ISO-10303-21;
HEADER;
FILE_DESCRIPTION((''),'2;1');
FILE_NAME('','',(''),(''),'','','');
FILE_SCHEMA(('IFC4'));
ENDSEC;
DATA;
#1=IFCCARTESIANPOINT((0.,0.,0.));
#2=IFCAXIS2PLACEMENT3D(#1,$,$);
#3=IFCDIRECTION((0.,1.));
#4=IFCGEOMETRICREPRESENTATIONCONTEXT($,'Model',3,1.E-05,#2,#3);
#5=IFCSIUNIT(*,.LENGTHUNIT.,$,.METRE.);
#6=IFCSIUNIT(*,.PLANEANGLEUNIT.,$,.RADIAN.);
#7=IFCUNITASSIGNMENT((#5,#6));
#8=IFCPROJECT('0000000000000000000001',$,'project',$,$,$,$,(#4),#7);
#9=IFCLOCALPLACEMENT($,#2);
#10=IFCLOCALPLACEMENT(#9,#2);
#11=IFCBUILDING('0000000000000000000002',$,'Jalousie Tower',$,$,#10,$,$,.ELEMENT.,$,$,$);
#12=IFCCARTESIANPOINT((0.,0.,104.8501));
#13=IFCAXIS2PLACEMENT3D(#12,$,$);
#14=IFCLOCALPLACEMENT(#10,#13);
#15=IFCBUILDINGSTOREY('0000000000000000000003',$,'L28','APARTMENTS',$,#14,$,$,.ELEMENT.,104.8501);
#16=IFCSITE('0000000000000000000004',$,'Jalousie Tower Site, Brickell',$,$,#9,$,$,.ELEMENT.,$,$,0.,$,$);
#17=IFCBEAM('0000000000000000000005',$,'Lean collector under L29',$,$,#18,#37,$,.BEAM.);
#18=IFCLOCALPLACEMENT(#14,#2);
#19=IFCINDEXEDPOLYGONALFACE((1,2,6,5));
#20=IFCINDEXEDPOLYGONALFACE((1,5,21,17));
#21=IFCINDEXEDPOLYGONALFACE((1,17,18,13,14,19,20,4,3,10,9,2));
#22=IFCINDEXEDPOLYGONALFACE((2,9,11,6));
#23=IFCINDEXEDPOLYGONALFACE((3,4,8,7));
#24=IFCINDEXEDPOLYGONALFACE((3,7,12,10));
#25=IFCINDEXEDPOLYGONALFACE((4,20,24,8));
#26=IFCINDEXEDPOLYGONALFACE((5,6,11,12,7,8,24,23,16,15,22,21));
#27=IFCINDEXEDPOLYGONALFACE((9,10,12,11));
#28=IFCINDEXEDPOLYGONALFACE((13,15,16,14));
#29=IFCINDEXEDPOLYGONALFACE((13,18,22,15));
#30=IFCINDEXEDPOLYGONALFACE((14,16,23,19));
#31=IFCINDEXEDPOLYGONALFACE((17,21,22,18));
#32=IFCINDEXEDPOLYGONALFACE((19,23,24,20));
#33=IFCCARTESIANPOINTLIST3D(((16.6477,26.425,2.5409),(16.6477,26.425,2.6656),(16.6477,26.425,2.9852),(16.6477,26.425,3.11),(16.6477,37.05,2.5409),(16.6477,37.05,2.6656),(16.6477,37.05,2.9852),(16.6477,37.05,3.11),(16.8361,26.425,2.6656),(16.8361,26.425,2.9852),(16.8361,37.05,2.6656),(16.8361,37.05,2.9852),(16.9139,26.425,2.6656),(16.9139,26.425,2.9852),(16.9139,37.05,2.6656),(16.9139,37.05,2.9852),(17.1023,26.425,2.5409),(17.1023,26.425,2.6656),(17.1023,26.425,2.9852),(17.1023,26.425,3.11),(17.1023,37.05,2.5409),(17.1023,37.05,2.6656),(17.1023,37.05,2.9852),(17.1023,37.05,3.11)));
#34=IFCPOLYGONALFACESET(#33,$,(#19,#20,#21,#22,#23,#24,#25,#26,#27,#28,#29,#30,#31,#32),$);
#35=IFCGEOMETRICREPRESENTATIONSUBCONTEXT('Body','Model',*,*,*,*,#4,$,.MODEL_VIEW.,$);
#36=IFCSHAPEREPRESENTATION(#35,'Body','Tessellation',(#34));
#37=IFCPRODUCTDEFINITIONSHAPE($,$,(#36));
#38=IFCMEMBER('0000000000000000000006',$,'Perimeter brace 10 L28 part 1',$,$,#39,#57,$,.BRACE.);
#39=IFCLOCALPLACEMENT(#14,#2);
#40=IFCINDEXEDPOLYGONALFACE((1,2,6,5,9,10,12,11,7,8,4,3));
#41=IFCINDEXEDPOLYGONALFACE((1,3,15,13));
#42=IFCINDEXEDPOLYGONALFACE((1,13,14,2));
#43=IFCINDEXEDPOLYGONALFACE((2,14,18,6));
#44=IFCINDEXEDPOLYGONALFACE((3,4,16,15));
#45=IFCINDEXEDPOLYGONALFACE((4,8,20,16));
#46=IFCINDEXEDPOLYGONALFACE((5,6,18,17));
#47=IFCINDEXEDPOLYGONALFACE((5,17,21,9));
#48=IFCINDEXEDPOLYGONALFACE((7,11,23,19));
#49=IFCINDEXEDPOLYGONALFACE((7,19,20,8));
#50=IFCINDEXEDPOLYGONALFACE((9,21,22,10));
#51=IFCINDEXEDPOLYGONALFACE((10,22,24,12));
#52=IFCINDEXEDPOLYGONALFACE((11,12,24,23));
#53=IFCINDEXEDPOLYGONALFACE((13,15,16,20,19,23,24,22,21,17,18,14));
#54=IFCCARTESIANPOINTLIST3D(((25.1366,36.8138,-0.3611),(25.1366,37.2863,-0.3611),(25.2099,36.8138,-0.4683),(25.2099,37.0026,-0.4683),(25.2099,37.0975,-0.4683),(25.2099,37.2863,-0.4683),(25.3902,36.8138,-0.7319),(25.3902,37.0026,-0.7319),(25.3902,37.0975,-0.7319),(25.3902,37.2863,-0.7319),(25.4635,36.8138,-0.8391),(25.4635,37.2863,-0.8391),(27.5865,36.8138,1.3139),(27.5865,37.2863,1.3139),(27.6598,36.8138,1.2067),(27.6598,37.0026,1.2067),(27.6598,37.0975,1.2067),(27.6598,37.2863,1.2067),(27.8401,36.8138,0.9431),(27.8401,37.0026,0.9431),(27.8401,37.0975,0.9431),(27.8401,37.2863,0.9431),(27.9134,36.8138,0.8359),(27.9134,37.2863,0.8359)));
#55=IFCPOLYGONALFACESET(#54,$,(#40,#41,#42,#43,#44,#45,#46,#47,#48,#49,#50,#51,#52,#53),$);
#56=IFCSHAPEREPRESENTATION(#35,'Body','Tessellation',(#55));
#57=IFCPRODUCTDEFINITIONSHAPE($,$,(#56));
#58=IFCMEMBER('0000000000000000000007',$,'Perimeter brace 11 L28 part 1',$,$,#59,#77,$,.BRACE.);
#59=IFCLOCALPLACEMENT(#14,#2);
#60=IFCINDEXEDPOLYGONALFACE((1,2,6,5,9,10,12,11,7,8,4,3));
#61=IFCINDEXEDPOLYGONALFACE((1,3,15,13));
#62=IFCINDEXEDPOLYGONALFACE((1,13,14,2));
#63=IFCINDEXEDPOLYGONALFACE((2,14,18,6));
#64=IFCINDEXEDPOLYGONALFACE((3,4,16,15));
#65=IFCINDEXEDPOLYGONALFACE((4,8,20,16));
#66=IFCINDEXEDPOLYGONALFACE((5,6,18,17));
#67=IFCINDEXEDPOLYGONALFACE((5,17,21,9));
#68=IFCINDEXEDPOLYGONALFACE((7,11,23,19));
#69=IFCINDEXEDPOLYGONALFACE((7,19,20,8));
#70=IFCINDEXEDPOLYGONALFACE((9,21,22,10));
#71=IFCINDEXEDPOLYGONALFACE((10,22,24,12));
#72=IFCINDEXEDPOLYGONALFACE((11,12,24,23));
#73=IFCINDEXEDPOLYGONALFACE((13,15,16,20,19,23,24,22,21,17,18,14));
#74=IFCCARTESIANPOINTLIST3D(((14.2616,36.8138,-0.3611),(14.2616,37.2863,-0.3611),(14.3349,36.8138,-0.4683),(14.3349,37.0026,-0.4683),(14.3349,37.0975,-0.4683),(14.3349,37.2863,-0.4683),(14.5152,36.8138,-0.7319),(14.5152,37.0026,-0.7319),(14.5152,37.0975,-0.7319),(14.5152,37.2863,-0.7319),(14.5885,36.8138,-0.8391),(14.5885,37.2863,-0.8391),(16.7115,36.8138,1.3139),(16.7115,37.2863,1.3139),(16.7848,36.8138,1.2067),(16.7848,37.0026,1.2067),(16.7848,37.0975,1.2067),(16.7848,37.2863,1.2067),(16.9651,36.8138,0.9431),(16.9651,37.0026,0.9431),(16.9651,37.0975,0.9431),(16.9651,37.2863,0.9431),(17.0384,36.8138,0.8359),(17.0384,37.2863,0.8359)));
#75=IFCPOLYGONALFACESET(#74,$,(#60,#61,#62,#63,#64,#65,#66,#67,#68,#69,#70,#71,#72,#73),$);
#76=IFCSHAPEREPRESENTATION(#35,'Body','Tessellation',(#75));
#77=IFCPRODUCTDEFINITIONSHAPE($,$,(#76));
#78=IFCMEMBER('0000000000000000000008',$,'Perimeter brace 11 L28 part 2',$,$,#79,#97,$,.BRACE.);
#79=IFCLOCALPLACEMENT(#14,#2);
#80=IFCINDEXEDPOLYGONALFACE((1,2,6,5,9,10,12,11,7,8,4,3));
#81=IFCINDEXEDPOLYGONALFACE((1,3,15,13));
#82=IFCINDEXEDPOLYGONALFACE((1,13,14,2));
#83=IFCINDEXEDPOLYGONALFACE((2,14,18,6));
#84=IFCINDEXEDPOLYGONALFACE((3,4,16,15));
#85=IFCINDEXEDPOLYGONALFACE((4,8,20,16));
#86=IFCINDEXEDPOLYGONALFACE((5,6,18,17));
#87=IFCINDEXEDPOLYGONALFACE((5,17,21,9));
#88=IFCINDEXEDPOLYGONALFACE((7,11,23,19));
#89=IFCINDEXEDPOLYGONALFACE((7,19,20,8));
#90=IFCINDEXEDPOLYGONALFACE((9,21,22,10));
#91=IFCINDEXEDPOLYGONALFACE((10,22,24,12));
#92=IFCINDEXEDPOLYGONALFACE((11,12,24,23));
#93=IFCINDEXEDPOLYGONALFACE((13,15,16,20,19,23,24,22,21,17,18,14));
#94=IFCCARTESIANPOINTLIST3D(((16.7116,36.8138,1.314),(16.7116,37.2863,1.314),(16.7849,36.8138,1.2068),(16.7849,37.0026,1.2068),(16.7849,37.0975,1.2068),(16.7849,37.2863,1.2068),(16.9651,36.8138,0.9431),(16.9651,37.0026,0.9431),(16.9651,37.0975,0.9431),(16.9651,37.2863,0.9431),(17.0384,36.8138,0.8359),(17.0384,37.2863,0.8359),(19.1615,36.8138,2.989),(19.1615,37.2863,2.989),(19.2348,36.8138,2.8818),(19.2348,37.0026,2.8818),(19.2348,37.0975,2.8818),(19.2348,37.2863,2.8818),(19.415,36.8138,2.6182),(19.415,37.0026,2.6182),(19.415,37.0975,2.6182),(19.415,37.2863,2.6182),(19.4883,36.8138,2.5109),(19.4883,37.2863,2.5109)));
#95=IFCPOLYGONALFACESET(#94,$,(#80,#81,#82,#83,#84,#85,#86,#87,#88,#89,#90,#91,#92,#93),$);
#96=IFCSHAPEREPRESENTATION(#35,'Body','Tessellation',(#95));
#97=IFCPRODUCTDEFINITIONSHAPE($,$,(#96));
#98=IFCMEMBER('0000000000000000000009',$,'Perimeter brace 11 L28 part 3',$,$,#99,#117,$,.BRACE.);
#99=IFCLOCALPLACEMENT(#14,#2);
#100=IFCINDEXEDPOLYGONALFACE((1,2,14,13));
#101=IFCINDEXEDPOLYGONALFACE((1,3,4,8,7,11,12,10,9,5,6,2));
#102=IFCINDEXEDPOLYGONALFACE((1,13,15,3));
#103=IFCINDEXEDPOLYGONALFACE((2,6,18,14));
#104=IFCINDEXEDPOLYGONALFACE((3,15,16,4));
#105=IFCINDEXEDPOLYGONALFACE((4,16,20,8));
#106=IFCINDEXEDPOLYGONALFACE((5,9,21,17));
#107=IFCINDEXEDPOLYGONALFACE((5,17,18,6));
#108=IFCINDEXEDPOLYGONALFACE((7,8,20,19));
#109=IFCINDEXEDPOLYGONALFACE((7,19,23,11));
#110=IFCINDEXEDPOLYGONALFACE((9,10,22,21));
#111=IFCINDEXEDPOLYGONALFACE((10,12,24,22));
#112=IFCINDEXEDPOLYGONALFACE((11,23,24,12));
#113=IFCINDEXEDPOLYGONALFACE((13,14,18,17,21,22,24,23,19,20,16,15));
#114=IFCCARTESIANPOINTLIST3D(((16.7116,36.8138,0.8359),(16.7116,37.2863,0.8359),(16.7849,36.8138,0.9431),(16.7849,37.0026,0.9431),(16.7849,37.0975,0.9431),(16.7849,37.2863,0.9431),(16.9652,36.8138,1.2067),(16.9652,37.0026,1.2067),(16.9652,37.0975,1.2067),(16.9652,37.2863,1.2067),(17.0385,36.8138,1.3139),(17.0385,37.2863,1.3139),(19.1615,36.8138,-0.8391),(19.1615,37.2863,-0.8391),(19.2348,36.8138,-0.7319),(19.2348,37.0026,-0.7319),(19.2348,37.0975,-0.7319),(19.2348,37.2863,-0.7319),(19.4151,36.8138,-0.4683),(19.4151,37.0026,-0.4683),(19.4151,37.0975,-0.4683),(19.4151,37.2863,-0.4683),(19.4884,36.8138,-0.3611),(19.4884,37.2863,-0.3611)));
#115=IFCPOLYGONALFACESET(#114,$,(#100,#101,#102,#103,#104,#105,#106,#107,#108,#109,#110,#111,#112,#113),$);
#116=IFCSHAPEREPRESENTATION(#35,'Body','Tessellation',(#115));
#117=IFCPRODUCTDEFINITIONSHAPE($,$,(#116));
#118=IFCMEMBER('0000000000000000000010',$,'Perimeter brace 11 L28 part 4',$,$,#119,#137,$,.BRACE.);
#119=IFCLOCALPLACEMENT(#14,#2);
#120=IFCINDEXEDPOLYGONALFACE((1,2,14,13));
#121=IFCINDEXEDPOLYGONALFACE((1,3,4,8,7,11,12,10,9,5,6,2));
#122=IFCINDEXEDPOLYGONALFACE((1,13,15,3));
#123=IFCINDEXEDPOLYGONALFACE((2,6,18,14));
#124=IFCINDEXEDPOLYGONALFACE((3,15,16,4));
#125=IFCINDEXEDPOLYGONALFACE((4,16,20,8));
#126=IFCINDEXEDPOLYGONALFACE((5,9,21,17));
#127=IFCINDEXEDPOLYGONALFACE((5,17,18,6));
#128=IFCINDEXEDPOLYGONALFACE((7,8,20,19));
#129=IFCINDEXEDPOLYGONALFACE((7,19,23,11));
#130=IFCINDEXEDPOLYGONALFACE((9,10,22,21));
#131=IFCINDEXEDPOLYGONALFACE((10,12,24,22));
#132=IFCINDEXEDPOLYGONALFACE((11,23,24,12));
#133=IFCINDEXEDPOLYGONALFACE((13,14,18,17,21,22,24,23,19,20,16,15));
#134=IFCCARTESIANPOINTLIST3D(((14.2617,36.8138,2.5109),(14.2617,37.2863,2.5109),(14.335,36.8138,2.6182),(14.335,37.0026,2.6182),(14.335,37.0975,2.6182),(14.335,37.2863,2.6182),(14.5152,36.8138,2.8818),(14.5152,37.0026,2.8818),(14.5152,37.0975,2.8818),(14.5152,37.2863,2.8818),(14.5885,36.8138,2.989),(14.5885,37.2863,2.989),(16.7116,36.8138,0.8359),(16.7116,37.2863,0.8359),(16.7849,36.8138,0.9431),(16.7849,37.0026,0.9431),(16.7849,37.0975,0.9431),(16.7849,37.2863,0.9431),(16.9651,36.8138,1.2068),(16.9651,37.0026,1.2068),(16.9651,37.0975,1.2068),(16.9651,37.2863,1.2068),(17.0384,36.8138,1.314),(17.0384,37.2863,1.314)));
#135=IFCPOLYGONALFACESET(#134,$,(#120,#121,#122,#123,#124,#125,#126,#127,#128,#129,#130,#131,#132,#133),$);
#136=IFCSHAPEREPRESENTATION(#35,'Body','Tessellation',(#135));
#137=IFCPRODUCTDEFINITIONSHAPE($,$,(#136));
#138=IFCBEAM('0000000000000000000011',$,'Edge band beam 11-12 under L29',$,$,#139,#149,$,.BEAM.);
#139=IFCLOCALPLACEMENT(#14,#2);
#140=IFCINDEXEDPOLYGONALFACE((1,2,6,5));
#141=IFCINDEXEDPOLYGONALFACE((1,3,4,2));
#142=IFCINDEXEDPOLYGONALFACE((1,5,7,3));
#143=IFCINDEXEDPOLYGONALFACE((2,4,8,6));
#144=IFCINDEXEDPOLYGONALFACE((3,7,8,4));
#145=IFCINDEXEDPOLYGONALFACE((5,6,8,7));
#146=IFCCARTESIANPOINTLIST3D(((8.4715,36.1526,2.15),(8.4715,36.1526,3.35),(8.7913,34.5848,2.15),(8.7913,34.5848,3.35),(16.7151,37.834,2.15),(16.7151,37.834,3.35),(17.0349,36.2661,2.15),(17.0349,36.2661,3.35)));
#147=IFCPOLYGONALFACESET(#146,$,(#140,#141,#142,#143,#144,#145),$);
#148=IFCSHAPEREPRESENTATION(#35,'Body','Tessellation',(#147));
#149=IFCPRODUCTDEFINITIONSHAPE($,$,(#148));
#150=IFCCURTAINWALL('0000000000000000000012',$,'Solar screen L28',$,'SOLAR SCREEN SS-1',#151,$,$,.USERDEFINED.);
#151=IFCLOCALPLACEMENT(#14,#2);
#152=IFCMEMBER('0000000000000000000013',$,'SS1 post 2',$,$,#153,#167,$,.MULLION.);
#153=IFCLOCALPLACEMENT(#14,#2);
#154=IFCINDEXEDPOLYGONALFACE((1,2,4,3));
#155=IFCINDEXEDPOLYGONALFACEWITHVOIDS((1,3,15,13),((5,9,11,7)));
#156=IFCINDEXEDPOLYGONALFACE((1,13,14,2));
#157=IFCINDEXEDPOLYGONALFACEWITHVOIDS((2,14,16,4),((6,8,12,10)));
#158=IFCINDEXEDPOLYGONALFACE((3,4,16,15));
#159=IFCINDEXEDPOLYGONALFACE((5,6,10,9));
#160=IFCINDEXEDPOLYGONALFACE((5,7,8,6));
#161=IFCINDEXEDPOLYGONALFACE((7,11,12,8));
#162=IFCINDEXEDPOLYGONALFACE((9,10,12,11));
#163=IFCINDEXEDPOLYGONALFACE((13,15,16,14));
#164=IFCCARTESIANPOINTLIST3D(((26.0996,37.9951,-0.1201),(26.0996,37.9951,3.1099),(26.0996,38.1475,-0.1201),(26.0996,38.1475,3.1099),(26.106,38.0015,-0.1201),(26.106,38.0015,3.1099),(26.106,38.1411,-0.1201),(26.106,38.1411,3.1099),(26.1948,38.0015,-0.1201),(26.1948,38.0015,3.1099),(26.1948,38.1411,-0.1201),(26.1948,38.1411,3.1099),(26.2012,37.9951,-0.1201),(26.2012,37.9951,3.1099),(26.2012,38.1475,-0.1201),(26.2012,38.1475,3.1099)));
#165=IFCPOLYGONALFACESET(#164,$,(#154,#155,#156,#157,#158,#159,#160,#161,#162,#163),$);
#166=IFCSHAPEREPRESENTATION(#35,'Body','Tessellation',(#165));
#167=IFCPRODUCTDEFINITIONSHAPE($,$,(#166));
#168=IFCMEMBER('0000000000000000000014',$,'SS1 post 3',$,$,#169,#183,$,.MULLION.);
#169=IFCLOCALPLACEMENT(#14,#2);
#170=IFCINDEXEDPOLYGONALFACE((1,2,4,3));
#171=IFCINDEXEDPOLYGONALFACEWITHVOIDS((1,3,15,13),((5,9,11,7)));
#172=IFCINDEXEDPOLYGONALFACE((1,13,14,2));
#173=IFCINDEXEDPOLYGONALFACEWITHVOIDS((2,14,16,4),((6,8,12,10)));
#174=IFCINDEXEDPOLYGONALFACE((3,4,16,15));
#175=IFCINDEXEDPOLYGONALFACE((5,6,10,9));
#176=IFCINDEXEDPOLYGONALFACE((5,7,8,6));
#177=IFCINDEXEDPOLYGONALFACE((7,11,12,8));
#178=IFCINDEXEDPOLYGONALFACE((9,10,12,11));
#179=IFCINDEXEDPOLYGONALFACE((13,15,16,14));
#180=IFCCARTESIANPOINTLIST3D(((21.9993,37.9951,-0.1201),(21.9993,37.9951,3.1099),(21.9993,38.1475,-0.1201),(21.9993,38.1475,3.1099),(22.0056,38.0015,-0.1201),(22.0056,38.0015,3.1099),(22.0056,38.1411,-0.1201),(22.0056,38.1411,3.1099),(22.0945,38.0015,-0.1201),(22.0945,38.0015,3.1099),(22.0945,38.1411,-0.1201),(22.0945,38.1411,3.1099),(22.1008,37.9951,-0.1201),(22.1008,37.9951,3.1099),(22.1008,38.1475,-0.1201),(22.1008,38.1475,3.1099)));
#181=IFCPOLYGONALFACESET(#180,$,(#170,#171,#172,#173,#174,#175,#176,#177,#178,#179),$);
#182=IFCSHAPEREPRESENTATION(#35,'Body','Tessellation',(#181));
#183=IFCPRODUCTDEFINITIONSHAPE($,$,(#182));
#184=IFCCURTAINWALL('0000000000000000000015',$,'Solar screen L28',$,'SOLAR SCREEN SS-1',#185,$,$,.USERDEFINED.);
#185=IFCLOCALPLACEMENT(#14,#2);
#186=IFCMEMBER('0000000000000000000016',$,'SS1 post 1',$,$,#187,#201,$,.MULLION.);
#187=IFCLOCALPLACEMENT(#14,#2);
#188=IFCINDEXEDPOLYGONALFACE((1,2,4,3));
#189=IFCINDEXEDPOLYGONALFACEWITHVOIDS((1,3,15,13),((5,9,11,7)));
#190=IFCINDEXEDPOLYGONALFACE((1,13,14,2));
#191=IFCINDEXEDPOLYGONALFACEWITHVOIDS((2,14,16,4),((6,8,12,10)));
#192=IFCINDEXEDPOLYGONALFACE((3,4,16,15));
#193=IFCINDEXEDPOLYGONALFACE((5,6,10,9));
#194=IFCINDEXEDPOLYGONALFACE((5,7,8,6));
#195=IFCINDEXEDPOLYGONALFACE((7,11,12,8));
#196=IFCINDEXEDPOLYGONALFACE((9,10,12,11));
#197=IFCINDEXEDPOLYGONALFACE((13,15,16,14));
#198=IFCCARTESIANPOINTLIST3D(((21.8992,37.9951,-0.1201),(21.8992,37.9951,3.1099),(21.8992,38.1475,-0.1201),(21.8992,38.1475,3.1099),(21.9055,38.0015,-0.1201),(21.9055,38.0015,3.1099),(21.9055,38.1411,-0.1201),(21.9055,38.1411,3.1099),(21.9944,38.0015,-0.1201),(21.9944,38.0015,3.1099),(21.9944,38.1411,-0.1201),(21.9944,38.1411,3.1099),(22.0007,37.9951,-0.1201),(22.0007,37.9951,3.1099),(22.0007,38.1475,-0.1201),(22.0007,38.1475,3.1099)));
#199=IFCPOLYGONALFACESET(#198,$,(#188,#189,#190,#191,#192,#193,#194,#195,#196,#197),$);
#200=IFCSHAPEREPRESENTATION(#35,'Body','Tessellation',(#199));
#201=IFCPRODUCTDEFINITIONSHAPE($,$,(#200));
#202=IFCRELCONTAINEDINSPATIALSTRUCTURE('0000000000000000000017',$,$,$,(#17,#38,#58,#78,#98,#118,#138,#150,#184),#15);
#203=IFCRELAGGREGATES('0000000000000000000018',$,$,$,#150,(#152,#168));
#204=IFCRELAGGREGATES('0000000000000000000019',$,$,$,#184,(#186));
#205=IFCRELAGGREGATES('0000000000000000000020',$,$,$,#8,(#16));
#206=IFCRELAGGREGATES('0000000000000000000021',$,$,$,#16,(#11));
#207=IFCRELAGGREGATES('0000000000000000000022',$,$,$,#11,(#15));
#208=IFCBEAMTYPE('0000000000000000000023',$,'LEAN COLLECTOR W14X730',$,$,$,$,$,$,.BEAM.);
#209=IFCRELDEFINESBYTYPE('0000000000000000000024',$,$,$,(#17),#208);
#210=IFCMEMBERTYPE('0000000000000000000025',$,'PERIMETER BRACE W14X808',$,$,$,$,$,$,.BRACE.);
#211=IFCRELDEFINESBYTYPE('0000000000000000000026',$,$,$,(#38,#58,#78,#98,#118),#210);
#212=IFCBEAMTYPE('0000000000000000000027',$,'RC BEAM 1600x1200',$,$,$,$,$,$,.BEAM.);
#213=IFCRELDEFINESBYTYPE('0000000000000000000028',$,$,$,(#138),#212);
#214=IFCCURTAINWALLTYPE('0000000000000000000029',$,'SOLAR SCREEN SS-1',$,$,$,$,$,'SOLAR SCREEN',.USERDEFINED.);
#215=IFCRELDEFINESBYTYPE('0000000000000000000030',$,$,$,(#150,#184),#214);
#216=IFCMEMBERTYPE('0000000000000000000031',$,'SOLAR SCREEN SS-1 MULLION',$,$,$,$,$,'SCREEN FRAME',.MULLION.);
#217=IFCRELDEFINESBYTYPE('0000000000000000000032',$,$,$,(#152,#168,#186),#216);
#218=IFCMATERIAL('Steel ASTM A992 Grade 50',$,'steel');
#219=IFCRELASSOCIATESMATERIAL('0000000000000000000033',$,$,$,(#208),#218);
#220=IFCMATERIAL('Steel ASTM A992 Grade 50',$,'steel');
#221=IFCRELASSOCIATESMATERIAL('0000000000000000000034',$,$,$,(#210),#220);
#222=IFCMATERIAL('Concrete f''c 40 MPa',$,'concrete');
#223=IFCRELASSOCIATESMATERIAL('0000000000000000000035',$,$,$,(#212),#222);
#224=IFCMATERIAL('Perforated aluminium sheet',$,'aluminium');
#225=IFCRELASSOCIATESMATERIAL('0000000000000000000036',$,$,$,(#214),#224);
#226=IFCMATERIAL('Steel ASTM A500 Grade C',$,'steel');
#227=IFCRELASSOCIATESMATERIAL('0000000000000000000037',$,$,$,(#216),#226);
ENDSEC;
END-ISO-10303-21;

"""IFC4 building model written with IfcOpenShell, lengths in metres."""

from ifc_helpers import new_model, si_unit, direction, frame, origin, origin_2d, place, context, subcontext, project, spatial, rectangle, hollow_rectangle, i_section, extrude, material, material_profile, profile_set, type_object, element, aggregate, save


model = new_model("IFC4")

# Units and contexts
model_context = context("Model", 3, precision=1e-05, world=origin(), true_north=direction((0.0, 1.0)))
body_context = subcontext(model_context, "Body", "Model", "MODEL_VIEW")
ifc_project = project(units=[si_unit("LENGTHUNIT", "METRE"), si_unit("PLANEANGLEUNIT", "RADIAN")], contexts=[model_context])

# Site, building, storey
site_placement = place(None, origin())
site = spatial("IfcSite", under=ifc_project, at=site_placement, Name="Jalousie Tower Site, Brickell", CompositionType="ELEMENT", RefElevation=0.0)
building_placement = place(site_placement, origin())
building = spatial("IfcBuilding", under=site, at=building_placement, Name="Jalousie Tower", CompositionType="ELEMENT")
storey_placement = place(building_placement, frame((0.0, 0.0, 104.8501)))
storey = spatial("IfcBuildingStorey", under=building, at=storey_placement, Name="L28", Description="APARTMENTS", CompositionType="ELEMENT", Elevation=104.8501)

# Beam
ifc_material_1 = material(Name="Steel ASTM A992 Grade 50", Category="steel")
ifc_material_profile_1 = material_profile(ifc_material_1, i_section(OverallWidth=0.4546, OverallDepth=0.5691, WebThickness=0.0779, FlangeThickness=0.1248, at=origin_2d()), Name="W14X730")
ifc_profile_set_1 = profile_set([ifc_material_profile_1], Name="Steel ASTM A992 Grade 50")
beam_type_1 = type_object("IfcBeamType", Name="LEAN COLLECTOR W14X730", PredefinedType="BEAM", material=ifc_profile_set_1)
beam_1_placement = place(storey_placement, frame((16.875, 37.05, 2.8254), z_axis=(0.0, -1.0, 0.0), x_axis=(1.0, 0.0, 0.0)))
element("IfcBeam", 1, at=beam_1_placement, inside=storey, type_object=beam_type_1, Name="Lean collector under L29", PredefinedType="BEAM", context=body_context, shape_type="SweptSolid", body=[
    extrude(i_section(OverallWidth=0.4546, OverallDepth=0.5691, WebThickness=0.0779, FlangeThickness=0.1248, at=origin_2d()), origin(), (0.0, 0.0, 1.0), 10.625),
])

# Members
ifc_material_2 = material(Name="Steel ASTM A992 Grade 50", Category="steel")
ifc_material_profile_2 = material_profile(ifc_material_2, i_section(OverallWidth=0.4724, OverallDepth=0.5791, WebThickness=0.095, FlangeThickness=0.1299, at=origin_2d()), Name="W14X808")
ifc_profile_set_2 = profile_set([ifc_material_profile_2], Name="Steel ASTM A992 Grade 50")
member_type_1 = type_object("IfcMemberType", Name="PERIMETER BRACE W14X808", PredefinedType="BRACE", material=ifc_profile_set_2)
for number, where, z_axis, x_axis, name in (
    (2, (25.3, 37.05, -0.6001), (0.825501, 0.0, 0.564401), (0.0, 1.0, 0.0), "Perimeter brace 10 L28 part 1"),
    (3, (14.425, 37.05, -0.6001), (0.825501, 0.0, 0.564401), (0.0, 1.0, 0.0), "Perimeter brace 11 L28 part 1"),
    (4, (16.875, 37.05, 1.075), (0.825501, 0.0, 0.564401), (0.0, 1.0, 0.0), "Perimeter brace 11 L28 part 2"),
    (5, (19.325, 37.05, -0.6001), (-0.825501, 0.0, 0.564401), (0.0, -1.0, 0.0), "Perimeter brace 11 L28 part 3"),
    (6, (16.875, 37.05, 1.075), (-0.825501, 0.0, 0.564401), (0.0, -1.0, 0.0), "Perimeter brace 11 L28 part 4"),
):
    element("IfcMember", number, at=place(storey_placement, frame(where, z_axis=z_axis, x_axis=x_axis)), inside=storey, type_object=member_type_1, Name=name, PredefinedType="BRACE", context=body_context, shape_type="SweptSolid", body=[
        extrude(i_section(OverallWidth=0.4724, OverallDepth=0.5791, WebThickness=0.095, FlangeThickness=0.1299, at=origin_2d()), origin(), (0.0, 0.0, 1.0), 2.9678),
    ])

# Beam
ifc_material_3 = material(Name="Concrete f'c 40 MPa", Category="concrete")
ifc_material_profile_3 = material_profile(ifc_material_3, rectangle(XDim=1.6001, YDim=1.2, at=origin_2d()), Name="RC 1600x1200")
ifc_profile_set_3 = profile_set([ifc_material_profile_3], Name="Concrete f'c 40 MPa")
beam_type_2 = type_object("IfcBeamType", Name="RC BEAM 1600x1200", PredefinedType="BEAM", material=ifc_profile_set_3)
beam_2_placement = place(storey_placement, frame((16.875, 37.05, 2.75), z_axis=(-0.979827, -0.199848, 0.0), x_axis=(0.199848, -0.979827, 0.0)))
element("IfcBeam", 7, at=beam_2_placement, inside=storey, type_object=beam_type_2, Name="Edge band beam 11-12 under L29", PredefinedType="BEAM", context=body_context, shape_type="SweptSolid", body=[
    extrude(rectangle(XDim=1.6001, YDim=1.2, at=origin_2d()), origin(), (0.0, 0.0, 1.0), 8.4133),
])

# Curtain walls, members
ifc_material_4 = material(Name="Perforated aluminium sheet", Category="aluminium")
curtain_wall_type = type_object("IfcCurtainWallType", Name="SOLAR SCREEN SS-1", ElementType="SOLAR SCREEN", PredefinedType="USERDEFINED", material=ifc_material_4)
curtain_wall_1_placement = place(storey_placement, origin())
curtain_wall_1 = element("IfcCurtainWall", 8, at=curtain_wall_1_placement, inside=storey, type_object=curtain_wall_type, Name="Solar screen L28", ObjectType="SOLAR SCREEN SS-1", PredefinedType="USERDEFINED")
ifc_material_5 = material(Name="Steel ASTM A500 Grade C", Category="steel")
ifc_material_profile_4 = material_profile(ifc_material_5, hollow_rectangle(XDim=0.1016, YDim=0.1523, WallThickness=0.0063, at=origin_2d()), Name="HSS6X4X1/4")
ifc_profile_set_4 = profile_set([ifc_material_profile_4], Name="Steel ASTM A500 Grade C")
member_type_2 = type_object("IfcMemberType", Name="SOLAR SCREEN SS-1 MULLION", ElementType="SCREEN FRAME", PredefinedType="MULLION", material=ifc_profile_set_4)
member_1_placement = place(storey_placement, frame((26.1504, 38.0713, -0.1201), z_axis=(0.0, 0.0, 1.0), x_axis=(-1.0, 0.0, 0.0)))
member_1 = element("IfcMember", 9, at=member_1_placement, type_object=member_type_2, Name="SS1 post 2", PredefinedType="MULLION", context=body_context, shape_type="SweptSolid", body=[
    extrude(hollow_rectangle(XDim=0.1016, YDim=0.1523, WallThickness=0.0063, at=origin_2d()), origin(), (0.0, 0.0, 1.0), 3.23),
])
member_2_placement = place(storey_placement, frame((22.05, 38.0713, -0.1201), z_axis=(0.0, 0.0, 1.0), x_axis=(-1.0, 0.0, 0.0)))
member_2 = element("IfcMember", 10, at=member_2_placement, type_object=member_type_2, Name="SS1 post 3", PredefinedType="MULLION", context=body_context, shape_type="SweptSolid", body=[
    extrude(hollow_rectangle(XDim=0.1016, YDim=0.1523, WallThickness=0.0063, at=origin_2d()), origin(), (0.0, 0.0, 1.0), 3.23),
])
curtain_wall_2_placement = place(storey_placement, origin())
curtain_wall_2 = element("IfcCurtainWall", 11, at=curtain_wall_2_placement, inside=storey, type_object=curtain_wall_type, Name="Solar screen L28", ObjectType="SOLAR SCREEN SS-1", PredefinedType="USERDEFINED")
member_3_placement = place(storey_placement, frame((21.95, 38.0713, -0.1201), z_axis=(0.0, 0.0, 1.0), x_axis=(-1.0, 0.0, 0.0)))
member_3 = element("IfcMember", 12, at=member_3_placement, type_object=member_type_2, Name="SS1 post 1", PredefinedType="MULLION", context=body_context, shape_type="SweptSolid", body=[
    extrude(hollow_rectangle(XDim=0.1016, YDim=0.1523, WallThickness=0.0063, at=origin_2d()), origin(), (0.0, 0.0, 1.0), 3.23),
])

aggregate(curtain_wall_1, [member_1, member_2])
aggregate(curtain_wall_2, [member_3])

save(model, "model.ifc")
